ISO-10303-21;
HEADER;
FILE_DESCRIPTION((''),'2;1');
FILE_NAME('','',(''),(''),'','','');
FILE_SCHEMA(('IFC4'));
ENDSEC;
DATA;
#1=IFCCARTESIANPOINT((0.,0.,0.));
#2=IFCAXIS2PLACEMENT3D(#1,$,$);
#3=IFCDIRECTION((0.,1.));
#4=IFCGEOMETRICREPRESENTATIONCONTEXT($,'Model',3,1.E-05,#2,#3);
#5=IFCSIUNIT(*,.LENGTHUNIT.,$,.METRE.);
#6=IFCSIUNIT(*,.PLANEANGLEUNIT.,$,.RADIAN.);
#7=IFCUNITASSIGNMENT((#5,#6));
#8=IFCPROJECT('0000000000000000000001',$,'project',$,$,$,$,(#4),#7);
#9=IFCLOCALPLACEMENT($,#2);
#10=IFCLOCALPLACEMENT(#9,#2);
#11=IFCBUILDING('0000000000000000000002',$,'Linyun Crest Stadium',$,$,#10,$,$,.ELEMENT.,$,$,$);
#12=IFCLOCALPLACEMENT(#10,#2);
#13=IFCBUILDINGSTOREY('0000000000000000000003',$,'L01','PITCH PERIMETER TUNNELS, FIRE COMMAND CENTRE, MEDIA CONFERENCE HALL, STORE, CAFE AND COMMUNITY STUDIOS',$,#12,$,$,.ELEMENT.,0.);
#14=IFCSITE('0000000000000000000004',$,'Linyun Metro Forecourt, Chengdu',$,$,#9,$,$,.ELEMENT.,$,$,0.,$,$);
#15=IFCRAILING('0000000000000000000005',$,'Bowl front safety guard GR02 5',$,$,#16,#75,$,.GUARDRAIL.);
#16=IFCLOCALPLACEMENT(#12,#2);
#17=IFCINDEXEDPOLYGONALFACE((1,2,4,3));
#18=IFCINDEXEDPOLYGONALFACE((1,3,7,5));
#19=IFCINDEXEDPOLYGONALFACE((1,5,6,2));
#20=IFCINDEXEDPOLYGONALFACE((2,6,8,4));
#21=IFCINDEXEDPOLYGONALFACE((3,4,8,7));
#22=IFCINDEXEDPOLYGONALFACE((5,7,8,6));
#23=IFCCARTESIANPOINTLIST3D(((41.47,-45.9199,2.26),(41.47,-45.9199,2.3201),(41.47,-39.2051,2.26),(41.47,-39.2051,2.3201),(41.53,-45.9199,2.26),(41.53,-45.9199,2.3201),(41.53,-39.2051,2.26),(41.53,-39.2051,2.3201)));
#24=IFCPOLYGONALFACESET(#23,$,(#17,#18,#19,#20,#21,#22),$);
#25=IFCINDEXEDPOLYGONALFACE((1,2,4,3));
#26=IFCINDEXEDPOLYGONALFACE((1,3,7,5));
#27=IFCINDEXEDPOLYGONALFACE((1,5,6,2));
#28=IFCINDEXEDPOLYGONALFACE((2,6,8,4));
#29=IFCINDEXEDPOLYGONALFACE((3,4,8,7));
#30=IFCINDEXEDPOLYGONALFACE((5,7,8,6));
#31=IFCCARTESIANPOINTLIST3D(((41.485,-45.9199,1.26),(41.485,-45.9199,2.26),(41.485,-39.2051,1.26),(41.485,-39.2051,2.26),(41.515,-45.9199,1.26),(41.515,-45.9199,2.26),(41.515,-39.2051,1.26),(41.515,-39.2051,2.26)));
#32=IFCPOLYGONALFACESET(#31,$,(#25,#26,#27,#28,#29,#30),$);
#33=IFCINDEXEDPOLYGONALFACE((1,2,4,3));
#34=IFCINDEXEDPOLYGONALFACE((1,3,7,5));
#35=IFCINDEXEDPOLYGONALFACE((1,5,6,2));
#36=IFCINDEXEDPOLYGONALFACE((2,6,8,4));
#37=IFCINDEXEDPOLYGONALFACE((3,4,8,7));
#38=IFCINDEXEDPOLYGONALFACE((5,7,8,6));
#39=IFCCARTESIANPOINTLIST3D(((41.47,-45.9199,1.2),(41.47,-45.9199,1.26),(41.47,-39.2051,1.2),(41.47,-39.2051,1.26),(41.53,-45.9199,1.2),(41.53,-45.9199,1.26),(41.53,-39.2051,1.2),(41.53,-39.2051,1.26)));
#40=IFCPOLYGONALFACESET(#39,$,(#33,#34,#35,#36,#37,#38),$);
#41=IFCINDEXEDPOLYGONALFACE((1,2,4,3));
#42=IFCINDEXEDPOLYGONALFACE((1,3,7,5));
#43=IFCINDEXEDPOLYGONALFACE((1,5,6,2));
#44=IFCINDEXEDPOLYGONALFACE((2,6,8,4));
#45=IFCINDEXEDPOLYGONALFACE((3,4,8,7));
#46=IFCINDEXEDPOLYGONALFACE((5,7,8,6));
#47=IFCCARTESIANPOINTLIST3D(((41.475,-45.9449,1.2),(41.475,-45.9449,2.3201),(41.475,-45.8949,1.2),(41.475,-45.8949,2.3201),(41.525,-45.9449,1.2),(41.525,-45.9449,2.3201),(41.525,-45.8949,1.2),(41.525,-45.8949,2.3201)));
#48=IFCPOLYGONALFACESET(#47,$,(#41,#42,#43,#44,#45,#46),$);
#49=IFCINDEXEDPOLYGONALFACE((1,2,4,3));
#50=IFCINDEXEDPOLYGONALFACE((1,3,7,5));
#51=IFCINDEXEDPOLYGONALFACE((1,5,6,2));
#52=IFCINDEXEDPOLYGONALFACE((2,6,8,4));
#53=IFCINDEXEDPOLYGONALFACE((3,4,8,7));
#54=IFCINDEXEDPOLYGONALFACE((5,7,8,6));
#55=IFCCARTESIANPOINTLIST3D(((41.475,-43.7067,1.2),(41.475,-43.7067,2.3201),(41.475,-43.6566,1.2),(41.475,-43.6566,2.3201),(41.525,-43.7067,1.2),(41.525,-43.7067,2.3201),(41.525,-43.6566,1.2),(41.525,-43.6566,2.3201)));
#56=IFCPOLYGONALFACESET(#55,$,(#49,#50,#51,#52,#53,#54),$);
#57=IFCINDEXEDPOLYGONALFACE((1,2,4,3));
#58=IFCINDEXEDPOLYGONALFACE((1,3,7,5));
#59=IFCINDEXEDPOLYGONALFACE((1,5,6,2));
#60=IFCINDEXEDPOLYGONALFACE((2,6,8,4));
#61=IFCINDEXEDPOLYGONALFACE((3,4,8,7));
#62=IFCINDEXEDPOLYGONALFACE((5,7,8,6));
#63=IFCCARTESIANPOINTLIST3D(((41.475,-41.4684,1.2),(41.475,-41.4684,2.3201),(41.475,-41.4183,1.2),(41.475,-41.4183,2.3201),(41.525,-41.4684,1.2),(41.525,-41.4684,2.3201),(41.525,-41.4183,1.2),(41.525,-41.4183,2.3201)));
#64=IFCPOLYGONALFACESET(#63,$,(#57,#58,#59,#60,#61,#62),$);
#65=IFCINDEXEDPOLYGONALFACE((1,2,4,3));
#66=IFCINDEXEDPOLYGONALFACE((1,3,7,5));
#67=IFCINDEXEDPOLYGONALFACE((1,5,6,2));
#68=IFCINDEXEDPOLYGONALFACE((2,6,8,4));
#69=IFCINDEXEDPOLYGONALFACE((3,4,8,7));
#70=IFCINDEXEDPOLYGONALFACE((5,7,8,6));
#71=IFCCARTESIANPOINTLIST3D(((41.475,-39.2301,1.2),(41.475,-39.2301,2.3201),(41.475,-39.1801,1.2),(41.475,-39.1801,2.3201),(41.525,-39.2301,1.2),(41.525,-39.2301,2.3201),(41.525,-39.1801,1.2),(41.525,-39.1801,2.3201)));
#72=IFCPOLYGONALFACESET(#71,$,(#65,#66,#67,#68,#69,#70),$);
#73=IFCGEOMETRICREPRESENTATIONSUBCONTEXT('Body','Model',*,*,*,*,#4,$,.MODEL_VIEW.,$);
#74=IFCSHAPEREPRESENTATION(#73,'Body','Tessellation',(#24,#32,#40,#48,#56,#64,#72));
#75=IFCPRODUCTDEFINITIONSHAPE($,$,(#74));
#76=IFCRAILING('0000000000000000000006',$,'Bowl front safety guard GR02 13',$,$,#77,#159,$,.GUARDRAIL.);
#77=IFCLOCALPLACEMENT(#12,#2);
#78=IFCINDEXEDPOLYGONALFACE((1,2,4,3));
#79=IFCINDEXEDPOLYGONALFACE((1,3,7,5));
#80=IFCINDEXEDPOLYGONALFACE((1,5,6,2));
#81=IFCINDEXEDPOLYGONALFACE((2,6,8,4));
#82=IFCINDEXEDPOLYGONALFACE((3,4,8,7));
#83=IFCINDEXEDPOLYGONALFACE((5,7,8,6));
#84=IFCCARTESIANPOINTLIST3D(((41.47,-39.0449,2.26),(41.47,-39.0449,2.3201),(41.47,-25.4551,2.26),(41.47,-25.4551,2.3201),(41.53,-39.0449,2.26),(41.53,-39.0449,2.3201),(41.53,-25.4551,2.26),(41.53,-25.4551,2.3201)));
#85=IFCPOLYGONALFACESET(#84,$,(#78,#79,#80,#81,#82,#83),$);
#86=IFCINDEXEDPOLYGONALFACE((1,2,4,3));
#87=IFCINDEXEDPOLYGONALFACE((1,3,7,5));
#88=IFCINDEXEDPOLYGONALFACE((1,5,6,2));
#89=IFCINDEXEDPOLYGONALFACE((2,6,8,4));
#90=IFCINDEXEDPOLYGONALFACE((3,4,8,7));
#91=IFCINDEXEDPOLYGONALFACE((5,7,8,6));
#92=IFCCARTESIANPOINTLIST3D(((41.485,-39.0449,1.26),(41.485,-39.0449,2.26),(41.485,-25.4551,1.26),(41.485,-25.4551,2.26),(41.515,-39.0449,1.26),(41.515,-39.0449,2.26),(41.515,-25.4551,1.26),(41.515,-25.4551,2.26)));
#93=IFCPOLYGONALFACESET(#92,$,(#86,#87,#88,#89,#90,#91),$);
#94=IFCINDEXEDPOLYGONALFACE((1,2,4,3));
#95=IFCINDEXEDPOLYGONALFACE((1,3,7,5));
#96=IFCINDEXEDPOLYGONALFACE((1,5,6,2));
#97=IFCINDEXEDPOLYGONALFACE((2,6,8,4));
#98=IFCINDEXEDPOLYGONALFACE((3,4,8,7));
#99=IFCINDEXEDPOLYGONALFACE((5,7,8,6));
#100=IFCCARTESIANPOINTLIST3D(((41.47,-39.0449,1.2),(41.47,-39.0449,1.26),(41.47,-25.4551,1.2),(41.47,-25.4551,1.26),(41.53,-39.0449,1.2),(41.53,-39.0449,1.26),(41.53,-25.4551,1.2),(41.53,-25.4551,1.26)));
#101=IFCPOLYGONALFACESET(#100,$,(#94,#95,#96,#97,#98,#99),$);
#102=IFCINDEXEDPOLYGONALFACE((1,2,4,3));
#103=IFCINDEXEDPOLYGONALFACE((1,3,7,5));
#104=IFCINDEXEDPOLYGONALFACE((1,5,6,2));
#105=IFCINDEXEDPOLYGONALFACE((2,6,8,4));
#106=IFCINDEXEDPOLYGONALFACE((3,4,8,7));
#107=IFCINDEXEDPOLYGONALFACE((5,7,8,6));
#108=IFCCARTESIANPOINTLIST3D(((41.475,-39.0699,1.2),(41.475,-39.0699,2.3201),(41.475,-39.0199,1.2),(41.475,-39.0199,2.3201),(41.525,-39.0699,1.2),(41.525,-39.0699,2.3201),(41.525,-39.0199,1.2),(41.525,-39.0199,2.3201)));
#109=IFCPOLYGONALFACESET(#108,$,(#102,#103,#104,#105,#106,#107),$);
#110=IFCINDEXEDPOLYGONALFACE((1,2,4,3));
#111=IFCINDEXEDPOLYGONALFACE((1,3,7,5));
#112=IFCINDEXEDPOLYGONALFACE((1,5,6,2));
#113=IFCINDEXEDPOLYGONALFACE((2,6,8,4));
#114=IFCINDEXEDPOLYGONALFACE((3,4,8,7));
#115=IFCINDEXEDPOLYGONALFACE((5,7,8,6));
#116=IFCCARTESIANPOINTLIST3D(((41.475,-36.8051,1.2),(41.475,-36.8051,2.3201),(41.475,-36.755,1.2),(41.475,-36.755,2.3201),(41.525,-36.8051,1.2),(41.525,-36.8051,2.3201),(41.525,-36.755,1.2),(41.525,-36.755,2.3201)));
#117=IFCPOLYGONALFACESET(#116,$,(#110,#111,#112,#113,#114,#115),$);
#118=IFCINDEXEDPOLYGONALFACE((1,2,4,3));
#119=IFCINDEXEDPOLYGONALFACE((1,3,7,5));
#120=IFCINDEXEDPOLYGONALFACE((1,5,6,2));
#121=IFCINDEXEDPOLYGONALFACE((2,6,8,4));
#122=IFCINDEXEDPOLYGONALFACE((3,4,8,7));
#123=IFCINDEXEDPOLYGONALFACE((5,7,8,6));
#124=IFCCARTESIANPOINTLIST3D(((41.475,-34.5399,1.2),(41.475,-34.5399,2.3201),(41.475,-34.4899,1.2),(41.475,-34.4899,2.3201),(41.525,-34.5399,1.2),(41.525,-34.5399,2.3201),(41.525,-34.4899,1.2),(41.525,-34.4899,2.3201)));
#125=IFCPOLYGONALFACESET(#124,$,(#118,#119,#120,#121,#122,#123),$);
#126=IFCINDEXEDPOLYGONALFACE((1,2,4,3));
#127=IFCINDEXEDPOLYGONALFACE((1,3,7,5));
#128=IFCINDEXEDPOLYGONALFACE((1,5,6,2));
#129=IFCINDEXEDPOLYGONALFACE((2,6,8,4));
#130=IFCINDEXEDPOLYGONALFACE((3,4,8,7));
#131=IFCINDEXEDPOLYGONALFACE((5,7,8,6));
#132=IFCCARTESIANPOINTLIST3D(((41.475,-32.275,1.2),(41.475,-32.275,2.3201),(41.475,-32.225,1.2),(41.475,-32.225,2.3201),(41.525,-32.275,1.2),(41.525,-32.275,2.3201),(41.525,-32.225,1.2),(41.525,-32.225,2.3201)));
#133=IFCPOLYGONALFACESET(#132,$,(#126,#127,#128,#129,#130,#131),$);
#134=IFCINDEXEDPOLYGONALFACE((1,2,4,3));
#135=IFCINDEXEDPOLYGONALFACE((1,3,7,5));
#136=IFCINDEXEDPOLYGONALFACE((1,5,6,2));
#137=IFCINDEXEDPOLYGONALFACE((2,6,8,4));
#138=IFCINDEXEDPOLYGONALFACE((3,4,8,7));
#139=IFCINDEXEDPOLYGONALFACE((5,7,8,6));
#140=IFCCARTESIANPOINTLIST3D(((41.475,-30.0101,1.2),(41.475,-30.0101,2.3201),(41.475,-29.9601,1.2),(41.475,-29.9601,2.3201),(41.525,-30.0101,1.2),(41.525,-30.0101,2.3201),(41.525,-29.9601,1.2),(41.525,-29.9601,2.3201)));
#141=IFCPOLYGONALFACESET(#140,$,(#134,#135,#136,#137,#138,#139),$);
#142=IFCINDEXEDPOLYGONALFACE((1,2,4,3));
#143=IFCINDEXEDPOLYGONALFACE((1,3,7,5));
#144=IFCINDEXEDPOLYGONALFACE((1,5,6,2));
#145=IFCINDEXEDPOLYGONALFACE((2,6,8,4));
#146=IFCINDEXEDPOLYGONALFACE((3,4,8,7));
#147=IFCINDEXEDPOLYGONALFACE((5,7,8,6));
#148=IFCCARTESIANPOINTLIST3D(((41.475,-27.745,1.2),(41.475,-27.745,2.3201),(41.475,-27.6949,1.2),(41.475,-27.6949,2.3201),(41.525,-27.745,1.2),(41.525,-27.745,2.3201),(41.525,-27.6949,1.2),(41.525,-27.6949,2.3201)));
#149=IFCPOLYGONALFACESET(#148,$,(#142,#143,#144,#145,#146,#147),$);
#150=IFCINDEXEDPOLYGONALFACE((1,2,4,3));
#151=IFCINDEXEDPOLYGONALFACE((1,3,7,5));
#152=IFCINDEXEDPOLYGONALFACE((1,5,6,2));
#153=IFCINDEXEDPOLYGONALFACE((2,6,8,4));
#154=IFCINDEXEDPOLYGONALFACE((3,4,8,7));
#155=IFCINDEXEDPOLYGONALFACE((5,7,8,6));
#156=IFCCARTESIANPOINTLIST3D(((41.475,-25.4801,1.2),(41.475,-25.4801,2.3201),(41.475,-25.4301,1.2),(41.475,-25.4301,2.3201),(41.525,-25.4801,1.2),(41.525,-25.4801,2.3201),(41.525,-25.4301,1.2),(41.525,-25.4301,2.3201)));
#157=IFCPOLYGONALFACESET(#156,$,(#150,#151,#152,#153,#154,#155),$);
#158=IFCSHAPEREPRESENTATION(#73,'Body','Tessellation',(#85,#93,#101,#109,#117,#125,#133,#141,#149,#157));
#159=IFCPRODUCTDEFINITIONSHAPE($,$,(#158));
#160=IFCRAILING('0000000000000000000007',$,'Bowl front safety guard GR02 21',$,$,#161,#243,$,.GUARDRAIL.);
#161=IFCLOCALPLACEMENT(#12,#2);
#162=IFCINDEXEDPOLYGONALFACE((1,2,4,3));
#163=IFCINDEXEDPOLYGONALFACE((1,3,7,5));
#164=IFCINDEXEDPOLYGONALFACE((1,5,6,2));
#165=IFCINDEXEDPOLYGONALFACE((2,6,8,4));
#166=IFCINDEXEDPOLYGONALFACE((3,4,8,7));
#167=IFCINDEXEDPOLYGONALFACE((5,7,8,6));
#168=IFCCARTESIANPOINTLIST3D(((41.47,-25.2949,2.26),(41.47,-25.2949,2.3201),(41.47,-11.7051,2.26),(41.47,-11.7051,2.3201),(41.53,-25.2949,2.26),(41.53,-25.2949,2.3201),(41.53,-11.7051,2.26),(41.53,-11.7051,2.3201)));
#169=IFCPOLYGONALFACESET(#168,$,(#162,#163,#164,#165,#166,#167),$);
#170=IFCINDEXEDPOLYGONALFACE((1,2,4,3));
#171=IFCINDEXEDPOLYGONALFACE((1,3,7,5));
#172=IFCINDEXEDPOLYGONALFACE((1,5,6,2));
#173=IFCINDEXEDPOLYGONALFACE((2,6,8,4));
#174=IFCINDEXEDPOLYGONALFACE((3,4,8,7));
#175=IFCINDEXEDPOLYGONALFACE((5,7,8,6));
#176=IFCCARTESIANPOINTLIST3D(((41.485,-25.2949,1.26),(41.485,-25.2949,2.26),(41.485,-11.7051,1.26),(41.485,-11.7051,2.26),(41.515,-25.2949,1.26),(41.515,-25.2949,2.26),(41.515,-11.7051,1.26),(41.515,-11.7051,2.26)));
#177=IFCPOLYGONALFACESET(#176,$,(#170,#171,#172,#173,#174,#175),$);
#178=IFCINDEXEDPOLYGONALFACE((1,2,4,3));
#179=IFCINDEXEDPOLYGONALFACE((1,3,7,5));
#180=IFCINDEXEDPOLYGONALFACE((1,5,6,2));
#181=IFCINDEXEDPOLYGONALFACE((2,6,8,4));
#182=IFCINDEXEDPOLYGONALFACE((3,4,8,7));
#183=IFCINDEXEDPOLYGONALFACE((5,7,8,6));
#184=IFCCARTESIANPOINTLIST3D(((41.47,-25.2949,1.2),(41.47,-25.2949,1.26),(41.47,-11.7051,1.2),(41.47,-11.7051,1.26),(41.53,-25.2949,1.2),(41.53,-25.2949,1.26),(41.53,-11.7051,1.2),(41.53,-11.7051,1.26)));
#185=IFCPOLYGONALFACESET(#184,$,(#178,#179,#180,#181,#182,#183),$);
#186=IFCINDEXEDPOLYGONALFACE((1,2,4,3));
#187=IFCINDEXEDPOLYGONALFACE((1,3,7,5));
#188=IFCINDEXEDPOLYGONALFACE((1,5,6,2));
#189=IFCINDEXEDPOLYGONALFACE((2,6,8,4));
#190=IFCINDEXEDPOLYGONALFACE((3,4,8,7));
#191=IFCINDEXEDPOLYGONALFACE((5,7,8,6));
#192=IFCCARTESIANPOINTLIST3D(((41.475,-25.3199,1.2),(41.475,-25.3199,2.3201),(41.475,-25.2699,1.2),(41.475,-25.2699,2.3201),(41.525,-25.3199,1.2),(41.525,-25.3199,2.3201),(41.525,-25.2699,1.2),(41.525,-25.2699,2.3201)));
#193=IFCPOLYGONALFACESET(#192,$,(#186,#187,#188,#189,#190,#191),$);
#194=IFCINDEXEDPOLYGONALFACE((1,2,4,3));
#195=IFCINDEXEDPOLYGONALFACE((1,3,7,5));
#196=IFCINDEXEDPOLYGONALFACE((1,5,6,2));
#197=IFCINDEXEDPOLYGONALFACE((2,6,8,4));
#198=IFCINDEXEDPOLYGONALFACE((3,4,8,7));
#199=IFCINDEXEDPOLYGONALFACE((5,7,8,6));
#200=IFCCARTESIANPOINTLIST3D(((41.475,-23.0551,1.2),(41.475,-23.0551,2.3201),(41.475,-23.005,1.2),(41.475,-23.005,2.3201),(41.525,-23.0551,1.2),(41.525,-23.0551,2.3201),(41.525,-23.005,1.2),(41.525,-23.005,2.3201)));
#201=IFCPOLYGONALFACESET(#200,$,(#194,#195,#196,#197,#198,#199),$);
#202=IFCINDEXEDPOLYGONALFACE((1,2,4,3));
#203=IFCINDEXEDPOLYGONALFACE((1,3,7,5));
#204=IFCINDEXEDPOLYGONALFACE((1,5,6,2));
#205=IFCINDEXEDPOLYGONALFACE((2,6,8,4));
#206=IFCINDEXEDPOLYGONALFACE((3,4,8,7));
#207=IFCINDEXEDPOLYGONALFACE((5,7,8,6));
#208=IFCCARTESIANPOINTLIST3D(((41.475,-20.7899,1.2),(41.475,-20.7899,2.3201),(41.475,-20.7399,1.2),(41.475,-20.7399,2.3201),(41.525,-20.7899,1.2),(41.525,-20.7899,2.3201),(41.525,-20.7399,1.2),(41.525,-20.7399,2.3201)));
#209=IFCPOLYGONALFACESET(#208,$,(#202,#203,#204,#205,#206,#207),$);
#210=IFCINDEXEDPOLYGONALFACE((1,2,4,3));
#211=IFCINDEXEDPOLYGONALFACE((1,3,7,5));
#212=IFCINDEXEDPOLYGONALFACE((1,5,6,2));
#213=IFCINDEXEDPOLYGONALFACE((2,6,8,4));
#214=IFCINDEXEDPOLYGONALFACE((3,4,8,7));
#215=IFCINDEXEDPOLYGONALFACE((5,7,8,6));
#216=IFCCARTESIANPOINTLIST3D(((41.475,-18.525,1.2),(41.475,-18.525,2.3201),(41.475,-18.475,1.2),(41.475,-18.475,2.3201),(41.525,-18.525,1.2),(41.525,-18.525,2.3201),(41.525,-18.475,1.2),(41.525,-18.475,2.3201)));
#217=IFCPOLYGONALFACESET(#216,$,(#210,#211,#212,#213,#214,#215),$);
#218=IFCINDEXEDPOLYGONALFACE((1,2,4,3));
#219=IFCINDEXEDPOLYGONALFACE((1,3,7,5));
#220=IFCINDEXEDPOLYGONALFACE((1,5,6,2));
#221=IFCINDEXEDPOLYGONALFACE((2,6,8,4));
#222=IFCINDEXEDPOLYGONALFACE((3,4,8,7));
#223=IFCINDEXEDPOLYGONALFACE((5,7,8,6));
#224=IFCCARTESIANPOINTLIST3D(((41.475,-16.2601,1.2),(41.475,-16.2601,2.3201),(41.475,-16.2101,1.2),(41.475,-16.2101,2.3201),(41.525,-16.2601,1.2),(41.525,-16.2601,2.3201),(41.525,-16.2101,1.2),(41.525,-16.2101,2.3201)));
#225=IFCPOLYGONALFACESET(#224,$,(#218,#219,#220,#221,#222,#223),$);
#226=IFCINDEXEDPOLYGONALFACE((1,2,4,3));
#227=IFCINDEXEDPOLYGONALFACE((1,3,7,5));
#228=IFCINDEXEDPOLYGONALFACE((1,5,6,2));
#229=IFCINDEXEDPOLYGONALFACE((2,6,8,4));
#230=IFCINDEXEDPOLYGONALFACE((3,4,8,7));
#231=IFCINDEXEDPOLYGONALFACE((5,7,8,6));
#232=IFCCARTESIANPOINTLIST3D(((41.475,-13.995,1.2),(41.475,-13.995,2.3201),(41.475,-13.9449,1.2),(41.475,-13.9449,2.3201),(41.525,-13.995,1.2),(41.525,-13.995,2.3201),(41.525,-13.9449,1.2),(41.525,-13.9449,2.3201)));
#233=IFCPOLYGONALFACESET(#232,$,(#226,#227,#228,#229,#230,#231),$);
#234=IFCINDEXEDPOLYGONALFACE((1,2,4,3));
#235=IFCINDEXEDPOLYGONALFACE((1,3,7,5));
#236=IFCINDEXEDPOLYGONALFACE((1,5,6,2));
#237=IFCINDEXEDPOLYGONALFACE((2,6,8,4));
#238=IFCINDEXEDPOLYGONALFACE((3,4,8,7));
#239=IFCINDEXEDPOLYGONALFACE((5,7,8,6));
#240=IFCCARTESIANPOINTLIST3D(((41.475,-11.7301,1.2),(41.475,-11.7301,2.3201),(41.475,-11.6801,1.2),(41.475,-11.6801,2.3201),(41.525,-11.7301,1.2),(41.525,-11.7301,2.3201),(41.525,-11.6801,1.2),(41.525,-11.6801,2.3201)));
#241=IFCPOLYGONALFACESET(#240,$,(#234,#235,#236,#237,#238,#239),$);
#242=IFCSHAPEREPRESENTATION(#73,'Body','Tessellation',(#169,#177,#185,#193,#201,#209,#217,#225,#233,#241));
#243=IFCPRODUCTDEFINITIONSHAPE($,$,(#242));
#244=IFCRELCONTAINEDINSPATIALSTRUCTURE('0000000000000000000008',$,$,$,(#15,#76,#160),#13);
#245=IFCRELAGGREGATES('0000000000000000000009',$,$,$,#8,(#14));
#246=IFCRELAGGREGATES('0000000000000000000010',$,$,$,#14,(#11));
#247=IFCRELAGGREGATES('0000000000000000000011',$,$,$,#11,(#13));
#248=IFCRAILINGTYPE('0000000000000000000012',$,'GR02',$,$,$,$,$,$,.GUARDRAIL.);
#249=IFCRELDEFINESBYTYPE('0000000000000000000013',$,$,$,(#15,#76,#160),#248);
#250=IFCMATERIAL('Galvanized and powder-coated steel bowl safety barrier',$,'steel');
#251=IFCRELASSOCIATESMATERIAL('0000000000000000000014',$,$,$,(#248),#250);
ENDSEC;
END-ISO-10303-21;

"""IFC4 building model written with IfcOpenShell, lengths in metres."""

from ifc_helpers import new_model, si_unit, direction, frame, origin, origin_2d, place, context, subcontext, project, spatial, rectangle, extrude, material, type_object, element, save


model = new_model("IFC4")

# Units and contexts
model_context = context("Model", 3, precision=1e-05, world=origin(), true_north=direction((0.0, 1.0)))
body_context = subcontext(model_context, "Body", "Model", "MODEL_VIEW")
ifc_project = project(units=[si_unit("LENGTHUNIT", "METRE"), si_unit("PLANEANGLEUNIT", "RADIAN")], contexts=[model_context])

# Site, building, storey
site_placement = place(None, origin())
site = spatial("IfcSite", under=ifc_project, at=site_placement, Name="Linyun Metro Forecourt, Chengdu", CompositionType="ELEMENT", RefElevation=0.0)
building_placement = place(site_placement, origin())
building = spatial("IfcBuilding", under=site, at=building_placement, Name="Linyun Crest Stadium", CompositionType="ELEMENT")
storey_placement = place(building_placement, origin())
storey = spatial("IfcBuildingStorey", under=building, at=storey_placement, Name="L01", Description="PITCH PERIMETER TUNNELS, FIRE COMMAND CENTRE, MEDIA CONFERENCE HALL, STORE, CAFE AND COMMUNITY STUDIOS", CompositionType="ELEMENT", Elevation=0.0)

# Railings
ifc_material_1 = material(Name="Galvanized and powder-coated steel bowl safety barrier", Category="steel")
railing_type = type_object("IfcRailingType", Name="GR02", PredefinedType="GUARDRAIL", material=ifc_material_1)
railing_1_placement = place(storey_placement, frame((41.5, -45.9199, 1.2)))
element("IfcRailing", 1, at=railing_1_placement, inside=storey, type_object=railing_type, Name="Bowl front safety guard GR02 5", PredefinedType="GUARDRAIL", context=body_context, shape_type="SweptSolid", body=[
    extrude(rectangle(XDim=0.0601, YDim=0.0601, at=origin_2d()), frame((0.0, 0.0, 1.0901), z_axis=(0.0, 1.0, 0.0), x_axis=(-1.0, 0.0, 0.0)), (0.0, 0.0, 1.0), 6.7148),
    extrude(rectangle(XDim=0.03, YDim=1.0, at=origin_2d()), frame((0.0, 0.0, 0.5601), z_axis=(0.0, 1.0, 0.0), x_axis=(-1.0, 0.0, 0.0)), (0.0, 0.0, 1.0), 6.7148),
    extrude(rectangle(XDim=0.0601, YDim=0.0601, at=origin_2d()), frame((0.0, 0.0, 0.03), z_axis=(0.0, 1.0, 0.0), x_axis=(-1.0, 0.0, 0.0)), (0.0, 0.0, 1.0), 6.7148),
    extrude(rectangle(XDim=0.05, YDim=0.05, at=origin_2d()), origin(), (0.0, 0.0, 1.0), 1.1201),
    extrude(rectangle(XDim=0.05, YDim=0.05, at=origin_2d()), frame((0.0, 2.2383, 0.0)), (0.0, 0.0, 1.0), 1.1201),
    extrude(rectangle(XDim=0.05, YDim=0.05, at=origin_2d()), frame((0.0, 4.4766, 0.0)), (0.0, 0.0, 1.0), 1.1201),
    extrude(rectangle(XDim=0.05, YDim=0.05, at=origin_2d()), frame((0.0, 6.7148, 0.0)), (0.0, 0.0, 1.0), 1.1201),
])
for number, where, name in (
    (2, (41.5, -39.0449, 1.2), "Bowl front safety guard GR02 13"),
    (3, (41.5, -25.2949, 1.2), "Bowl front safety guard GR02 21"),
):
    element("IfcRailing", number, at=place(storey_placement, frame(where)), inside=storey, type_object=railing_type, Name=name, PredefinedType="GUARDRAIL", context=body_context, shape_type="SweptSolid", body=[
        extrude(rectangle(XDim=0.0601, YDim=0.0601, at=origin_2d()), frame((0.0, 0.0, 1.0901), z_axis=(0.0, 1.0, 0.0), x_axis=(-1.0, 0.0, 0.0)), (0.0, 0.0, 1.0), 13.5898),
        extrude(rectangle(XDim=0.03, YDim=1.0, at=origin_2d()), frame((0.0, 0.0, 0.5601), z_axis=(0.0, 1.0, 0.0), x_axis=(-1.0, 0.0, 0.0)), (0.0, 0.0, 1.0), 13.5898),
        extrude(rectangle(XDim=0.0601, YDim=0.0601, at=origin_2d()), frame((0.0, 0.0, 0.03), z_axis=(0.0, 1.0, 0.0), x_axis=(-1.0, 0.0, 0.0)), (0.0, 0.0, 1.0), 13.5898),
        extrude(rectangle(XDim=0.05, YDim=0.05, at=origin_2d()), origin(), (0.0, 0.0, 1.0), 1.1201),
        extrude(rectangle(XDim=0.05, YDim=0.05, at=origin_2d()), frame((0.0, 2.2649, 0.0)), (0.0, 0.0, 1.0), 1.1201),
        extrude(rectangle(XDim=0.05, YDim=0.05, at=origin_2d()), frame((0.0, 4.53, 0.0)), (0.0, 0.0, 1.0), 1.1201),
        extrude(rectangle(XDim=0.05, YDim=0.05, at=origin_2d()), frame((0.0, 6.7949, 0.0)), (0.0, 0.0, 1.0), 1.1201),
        extrude(rectangle(XDim=0.05, YDim=0.05, at=origin_2d()), frame((0.0, 9.0598, 0.0)), (0.0, 0.0, 1.0), 1.1201),
        extrude(rectangle(XDim=0.05, YDim=0.05, at=origin_2d()), frame((0.0, 11.325, 0.0)), (0.0, 0.0, 1.0), 1.1201),
        extrude(rectangle(XDim=0.05, YDim=0.05, at=origin_2d()), frame((0.0, 13.5898, 0.0)), (0.0, 0.0, 1.0), 1.1201),
    ])

save(model, "model.ifc")
